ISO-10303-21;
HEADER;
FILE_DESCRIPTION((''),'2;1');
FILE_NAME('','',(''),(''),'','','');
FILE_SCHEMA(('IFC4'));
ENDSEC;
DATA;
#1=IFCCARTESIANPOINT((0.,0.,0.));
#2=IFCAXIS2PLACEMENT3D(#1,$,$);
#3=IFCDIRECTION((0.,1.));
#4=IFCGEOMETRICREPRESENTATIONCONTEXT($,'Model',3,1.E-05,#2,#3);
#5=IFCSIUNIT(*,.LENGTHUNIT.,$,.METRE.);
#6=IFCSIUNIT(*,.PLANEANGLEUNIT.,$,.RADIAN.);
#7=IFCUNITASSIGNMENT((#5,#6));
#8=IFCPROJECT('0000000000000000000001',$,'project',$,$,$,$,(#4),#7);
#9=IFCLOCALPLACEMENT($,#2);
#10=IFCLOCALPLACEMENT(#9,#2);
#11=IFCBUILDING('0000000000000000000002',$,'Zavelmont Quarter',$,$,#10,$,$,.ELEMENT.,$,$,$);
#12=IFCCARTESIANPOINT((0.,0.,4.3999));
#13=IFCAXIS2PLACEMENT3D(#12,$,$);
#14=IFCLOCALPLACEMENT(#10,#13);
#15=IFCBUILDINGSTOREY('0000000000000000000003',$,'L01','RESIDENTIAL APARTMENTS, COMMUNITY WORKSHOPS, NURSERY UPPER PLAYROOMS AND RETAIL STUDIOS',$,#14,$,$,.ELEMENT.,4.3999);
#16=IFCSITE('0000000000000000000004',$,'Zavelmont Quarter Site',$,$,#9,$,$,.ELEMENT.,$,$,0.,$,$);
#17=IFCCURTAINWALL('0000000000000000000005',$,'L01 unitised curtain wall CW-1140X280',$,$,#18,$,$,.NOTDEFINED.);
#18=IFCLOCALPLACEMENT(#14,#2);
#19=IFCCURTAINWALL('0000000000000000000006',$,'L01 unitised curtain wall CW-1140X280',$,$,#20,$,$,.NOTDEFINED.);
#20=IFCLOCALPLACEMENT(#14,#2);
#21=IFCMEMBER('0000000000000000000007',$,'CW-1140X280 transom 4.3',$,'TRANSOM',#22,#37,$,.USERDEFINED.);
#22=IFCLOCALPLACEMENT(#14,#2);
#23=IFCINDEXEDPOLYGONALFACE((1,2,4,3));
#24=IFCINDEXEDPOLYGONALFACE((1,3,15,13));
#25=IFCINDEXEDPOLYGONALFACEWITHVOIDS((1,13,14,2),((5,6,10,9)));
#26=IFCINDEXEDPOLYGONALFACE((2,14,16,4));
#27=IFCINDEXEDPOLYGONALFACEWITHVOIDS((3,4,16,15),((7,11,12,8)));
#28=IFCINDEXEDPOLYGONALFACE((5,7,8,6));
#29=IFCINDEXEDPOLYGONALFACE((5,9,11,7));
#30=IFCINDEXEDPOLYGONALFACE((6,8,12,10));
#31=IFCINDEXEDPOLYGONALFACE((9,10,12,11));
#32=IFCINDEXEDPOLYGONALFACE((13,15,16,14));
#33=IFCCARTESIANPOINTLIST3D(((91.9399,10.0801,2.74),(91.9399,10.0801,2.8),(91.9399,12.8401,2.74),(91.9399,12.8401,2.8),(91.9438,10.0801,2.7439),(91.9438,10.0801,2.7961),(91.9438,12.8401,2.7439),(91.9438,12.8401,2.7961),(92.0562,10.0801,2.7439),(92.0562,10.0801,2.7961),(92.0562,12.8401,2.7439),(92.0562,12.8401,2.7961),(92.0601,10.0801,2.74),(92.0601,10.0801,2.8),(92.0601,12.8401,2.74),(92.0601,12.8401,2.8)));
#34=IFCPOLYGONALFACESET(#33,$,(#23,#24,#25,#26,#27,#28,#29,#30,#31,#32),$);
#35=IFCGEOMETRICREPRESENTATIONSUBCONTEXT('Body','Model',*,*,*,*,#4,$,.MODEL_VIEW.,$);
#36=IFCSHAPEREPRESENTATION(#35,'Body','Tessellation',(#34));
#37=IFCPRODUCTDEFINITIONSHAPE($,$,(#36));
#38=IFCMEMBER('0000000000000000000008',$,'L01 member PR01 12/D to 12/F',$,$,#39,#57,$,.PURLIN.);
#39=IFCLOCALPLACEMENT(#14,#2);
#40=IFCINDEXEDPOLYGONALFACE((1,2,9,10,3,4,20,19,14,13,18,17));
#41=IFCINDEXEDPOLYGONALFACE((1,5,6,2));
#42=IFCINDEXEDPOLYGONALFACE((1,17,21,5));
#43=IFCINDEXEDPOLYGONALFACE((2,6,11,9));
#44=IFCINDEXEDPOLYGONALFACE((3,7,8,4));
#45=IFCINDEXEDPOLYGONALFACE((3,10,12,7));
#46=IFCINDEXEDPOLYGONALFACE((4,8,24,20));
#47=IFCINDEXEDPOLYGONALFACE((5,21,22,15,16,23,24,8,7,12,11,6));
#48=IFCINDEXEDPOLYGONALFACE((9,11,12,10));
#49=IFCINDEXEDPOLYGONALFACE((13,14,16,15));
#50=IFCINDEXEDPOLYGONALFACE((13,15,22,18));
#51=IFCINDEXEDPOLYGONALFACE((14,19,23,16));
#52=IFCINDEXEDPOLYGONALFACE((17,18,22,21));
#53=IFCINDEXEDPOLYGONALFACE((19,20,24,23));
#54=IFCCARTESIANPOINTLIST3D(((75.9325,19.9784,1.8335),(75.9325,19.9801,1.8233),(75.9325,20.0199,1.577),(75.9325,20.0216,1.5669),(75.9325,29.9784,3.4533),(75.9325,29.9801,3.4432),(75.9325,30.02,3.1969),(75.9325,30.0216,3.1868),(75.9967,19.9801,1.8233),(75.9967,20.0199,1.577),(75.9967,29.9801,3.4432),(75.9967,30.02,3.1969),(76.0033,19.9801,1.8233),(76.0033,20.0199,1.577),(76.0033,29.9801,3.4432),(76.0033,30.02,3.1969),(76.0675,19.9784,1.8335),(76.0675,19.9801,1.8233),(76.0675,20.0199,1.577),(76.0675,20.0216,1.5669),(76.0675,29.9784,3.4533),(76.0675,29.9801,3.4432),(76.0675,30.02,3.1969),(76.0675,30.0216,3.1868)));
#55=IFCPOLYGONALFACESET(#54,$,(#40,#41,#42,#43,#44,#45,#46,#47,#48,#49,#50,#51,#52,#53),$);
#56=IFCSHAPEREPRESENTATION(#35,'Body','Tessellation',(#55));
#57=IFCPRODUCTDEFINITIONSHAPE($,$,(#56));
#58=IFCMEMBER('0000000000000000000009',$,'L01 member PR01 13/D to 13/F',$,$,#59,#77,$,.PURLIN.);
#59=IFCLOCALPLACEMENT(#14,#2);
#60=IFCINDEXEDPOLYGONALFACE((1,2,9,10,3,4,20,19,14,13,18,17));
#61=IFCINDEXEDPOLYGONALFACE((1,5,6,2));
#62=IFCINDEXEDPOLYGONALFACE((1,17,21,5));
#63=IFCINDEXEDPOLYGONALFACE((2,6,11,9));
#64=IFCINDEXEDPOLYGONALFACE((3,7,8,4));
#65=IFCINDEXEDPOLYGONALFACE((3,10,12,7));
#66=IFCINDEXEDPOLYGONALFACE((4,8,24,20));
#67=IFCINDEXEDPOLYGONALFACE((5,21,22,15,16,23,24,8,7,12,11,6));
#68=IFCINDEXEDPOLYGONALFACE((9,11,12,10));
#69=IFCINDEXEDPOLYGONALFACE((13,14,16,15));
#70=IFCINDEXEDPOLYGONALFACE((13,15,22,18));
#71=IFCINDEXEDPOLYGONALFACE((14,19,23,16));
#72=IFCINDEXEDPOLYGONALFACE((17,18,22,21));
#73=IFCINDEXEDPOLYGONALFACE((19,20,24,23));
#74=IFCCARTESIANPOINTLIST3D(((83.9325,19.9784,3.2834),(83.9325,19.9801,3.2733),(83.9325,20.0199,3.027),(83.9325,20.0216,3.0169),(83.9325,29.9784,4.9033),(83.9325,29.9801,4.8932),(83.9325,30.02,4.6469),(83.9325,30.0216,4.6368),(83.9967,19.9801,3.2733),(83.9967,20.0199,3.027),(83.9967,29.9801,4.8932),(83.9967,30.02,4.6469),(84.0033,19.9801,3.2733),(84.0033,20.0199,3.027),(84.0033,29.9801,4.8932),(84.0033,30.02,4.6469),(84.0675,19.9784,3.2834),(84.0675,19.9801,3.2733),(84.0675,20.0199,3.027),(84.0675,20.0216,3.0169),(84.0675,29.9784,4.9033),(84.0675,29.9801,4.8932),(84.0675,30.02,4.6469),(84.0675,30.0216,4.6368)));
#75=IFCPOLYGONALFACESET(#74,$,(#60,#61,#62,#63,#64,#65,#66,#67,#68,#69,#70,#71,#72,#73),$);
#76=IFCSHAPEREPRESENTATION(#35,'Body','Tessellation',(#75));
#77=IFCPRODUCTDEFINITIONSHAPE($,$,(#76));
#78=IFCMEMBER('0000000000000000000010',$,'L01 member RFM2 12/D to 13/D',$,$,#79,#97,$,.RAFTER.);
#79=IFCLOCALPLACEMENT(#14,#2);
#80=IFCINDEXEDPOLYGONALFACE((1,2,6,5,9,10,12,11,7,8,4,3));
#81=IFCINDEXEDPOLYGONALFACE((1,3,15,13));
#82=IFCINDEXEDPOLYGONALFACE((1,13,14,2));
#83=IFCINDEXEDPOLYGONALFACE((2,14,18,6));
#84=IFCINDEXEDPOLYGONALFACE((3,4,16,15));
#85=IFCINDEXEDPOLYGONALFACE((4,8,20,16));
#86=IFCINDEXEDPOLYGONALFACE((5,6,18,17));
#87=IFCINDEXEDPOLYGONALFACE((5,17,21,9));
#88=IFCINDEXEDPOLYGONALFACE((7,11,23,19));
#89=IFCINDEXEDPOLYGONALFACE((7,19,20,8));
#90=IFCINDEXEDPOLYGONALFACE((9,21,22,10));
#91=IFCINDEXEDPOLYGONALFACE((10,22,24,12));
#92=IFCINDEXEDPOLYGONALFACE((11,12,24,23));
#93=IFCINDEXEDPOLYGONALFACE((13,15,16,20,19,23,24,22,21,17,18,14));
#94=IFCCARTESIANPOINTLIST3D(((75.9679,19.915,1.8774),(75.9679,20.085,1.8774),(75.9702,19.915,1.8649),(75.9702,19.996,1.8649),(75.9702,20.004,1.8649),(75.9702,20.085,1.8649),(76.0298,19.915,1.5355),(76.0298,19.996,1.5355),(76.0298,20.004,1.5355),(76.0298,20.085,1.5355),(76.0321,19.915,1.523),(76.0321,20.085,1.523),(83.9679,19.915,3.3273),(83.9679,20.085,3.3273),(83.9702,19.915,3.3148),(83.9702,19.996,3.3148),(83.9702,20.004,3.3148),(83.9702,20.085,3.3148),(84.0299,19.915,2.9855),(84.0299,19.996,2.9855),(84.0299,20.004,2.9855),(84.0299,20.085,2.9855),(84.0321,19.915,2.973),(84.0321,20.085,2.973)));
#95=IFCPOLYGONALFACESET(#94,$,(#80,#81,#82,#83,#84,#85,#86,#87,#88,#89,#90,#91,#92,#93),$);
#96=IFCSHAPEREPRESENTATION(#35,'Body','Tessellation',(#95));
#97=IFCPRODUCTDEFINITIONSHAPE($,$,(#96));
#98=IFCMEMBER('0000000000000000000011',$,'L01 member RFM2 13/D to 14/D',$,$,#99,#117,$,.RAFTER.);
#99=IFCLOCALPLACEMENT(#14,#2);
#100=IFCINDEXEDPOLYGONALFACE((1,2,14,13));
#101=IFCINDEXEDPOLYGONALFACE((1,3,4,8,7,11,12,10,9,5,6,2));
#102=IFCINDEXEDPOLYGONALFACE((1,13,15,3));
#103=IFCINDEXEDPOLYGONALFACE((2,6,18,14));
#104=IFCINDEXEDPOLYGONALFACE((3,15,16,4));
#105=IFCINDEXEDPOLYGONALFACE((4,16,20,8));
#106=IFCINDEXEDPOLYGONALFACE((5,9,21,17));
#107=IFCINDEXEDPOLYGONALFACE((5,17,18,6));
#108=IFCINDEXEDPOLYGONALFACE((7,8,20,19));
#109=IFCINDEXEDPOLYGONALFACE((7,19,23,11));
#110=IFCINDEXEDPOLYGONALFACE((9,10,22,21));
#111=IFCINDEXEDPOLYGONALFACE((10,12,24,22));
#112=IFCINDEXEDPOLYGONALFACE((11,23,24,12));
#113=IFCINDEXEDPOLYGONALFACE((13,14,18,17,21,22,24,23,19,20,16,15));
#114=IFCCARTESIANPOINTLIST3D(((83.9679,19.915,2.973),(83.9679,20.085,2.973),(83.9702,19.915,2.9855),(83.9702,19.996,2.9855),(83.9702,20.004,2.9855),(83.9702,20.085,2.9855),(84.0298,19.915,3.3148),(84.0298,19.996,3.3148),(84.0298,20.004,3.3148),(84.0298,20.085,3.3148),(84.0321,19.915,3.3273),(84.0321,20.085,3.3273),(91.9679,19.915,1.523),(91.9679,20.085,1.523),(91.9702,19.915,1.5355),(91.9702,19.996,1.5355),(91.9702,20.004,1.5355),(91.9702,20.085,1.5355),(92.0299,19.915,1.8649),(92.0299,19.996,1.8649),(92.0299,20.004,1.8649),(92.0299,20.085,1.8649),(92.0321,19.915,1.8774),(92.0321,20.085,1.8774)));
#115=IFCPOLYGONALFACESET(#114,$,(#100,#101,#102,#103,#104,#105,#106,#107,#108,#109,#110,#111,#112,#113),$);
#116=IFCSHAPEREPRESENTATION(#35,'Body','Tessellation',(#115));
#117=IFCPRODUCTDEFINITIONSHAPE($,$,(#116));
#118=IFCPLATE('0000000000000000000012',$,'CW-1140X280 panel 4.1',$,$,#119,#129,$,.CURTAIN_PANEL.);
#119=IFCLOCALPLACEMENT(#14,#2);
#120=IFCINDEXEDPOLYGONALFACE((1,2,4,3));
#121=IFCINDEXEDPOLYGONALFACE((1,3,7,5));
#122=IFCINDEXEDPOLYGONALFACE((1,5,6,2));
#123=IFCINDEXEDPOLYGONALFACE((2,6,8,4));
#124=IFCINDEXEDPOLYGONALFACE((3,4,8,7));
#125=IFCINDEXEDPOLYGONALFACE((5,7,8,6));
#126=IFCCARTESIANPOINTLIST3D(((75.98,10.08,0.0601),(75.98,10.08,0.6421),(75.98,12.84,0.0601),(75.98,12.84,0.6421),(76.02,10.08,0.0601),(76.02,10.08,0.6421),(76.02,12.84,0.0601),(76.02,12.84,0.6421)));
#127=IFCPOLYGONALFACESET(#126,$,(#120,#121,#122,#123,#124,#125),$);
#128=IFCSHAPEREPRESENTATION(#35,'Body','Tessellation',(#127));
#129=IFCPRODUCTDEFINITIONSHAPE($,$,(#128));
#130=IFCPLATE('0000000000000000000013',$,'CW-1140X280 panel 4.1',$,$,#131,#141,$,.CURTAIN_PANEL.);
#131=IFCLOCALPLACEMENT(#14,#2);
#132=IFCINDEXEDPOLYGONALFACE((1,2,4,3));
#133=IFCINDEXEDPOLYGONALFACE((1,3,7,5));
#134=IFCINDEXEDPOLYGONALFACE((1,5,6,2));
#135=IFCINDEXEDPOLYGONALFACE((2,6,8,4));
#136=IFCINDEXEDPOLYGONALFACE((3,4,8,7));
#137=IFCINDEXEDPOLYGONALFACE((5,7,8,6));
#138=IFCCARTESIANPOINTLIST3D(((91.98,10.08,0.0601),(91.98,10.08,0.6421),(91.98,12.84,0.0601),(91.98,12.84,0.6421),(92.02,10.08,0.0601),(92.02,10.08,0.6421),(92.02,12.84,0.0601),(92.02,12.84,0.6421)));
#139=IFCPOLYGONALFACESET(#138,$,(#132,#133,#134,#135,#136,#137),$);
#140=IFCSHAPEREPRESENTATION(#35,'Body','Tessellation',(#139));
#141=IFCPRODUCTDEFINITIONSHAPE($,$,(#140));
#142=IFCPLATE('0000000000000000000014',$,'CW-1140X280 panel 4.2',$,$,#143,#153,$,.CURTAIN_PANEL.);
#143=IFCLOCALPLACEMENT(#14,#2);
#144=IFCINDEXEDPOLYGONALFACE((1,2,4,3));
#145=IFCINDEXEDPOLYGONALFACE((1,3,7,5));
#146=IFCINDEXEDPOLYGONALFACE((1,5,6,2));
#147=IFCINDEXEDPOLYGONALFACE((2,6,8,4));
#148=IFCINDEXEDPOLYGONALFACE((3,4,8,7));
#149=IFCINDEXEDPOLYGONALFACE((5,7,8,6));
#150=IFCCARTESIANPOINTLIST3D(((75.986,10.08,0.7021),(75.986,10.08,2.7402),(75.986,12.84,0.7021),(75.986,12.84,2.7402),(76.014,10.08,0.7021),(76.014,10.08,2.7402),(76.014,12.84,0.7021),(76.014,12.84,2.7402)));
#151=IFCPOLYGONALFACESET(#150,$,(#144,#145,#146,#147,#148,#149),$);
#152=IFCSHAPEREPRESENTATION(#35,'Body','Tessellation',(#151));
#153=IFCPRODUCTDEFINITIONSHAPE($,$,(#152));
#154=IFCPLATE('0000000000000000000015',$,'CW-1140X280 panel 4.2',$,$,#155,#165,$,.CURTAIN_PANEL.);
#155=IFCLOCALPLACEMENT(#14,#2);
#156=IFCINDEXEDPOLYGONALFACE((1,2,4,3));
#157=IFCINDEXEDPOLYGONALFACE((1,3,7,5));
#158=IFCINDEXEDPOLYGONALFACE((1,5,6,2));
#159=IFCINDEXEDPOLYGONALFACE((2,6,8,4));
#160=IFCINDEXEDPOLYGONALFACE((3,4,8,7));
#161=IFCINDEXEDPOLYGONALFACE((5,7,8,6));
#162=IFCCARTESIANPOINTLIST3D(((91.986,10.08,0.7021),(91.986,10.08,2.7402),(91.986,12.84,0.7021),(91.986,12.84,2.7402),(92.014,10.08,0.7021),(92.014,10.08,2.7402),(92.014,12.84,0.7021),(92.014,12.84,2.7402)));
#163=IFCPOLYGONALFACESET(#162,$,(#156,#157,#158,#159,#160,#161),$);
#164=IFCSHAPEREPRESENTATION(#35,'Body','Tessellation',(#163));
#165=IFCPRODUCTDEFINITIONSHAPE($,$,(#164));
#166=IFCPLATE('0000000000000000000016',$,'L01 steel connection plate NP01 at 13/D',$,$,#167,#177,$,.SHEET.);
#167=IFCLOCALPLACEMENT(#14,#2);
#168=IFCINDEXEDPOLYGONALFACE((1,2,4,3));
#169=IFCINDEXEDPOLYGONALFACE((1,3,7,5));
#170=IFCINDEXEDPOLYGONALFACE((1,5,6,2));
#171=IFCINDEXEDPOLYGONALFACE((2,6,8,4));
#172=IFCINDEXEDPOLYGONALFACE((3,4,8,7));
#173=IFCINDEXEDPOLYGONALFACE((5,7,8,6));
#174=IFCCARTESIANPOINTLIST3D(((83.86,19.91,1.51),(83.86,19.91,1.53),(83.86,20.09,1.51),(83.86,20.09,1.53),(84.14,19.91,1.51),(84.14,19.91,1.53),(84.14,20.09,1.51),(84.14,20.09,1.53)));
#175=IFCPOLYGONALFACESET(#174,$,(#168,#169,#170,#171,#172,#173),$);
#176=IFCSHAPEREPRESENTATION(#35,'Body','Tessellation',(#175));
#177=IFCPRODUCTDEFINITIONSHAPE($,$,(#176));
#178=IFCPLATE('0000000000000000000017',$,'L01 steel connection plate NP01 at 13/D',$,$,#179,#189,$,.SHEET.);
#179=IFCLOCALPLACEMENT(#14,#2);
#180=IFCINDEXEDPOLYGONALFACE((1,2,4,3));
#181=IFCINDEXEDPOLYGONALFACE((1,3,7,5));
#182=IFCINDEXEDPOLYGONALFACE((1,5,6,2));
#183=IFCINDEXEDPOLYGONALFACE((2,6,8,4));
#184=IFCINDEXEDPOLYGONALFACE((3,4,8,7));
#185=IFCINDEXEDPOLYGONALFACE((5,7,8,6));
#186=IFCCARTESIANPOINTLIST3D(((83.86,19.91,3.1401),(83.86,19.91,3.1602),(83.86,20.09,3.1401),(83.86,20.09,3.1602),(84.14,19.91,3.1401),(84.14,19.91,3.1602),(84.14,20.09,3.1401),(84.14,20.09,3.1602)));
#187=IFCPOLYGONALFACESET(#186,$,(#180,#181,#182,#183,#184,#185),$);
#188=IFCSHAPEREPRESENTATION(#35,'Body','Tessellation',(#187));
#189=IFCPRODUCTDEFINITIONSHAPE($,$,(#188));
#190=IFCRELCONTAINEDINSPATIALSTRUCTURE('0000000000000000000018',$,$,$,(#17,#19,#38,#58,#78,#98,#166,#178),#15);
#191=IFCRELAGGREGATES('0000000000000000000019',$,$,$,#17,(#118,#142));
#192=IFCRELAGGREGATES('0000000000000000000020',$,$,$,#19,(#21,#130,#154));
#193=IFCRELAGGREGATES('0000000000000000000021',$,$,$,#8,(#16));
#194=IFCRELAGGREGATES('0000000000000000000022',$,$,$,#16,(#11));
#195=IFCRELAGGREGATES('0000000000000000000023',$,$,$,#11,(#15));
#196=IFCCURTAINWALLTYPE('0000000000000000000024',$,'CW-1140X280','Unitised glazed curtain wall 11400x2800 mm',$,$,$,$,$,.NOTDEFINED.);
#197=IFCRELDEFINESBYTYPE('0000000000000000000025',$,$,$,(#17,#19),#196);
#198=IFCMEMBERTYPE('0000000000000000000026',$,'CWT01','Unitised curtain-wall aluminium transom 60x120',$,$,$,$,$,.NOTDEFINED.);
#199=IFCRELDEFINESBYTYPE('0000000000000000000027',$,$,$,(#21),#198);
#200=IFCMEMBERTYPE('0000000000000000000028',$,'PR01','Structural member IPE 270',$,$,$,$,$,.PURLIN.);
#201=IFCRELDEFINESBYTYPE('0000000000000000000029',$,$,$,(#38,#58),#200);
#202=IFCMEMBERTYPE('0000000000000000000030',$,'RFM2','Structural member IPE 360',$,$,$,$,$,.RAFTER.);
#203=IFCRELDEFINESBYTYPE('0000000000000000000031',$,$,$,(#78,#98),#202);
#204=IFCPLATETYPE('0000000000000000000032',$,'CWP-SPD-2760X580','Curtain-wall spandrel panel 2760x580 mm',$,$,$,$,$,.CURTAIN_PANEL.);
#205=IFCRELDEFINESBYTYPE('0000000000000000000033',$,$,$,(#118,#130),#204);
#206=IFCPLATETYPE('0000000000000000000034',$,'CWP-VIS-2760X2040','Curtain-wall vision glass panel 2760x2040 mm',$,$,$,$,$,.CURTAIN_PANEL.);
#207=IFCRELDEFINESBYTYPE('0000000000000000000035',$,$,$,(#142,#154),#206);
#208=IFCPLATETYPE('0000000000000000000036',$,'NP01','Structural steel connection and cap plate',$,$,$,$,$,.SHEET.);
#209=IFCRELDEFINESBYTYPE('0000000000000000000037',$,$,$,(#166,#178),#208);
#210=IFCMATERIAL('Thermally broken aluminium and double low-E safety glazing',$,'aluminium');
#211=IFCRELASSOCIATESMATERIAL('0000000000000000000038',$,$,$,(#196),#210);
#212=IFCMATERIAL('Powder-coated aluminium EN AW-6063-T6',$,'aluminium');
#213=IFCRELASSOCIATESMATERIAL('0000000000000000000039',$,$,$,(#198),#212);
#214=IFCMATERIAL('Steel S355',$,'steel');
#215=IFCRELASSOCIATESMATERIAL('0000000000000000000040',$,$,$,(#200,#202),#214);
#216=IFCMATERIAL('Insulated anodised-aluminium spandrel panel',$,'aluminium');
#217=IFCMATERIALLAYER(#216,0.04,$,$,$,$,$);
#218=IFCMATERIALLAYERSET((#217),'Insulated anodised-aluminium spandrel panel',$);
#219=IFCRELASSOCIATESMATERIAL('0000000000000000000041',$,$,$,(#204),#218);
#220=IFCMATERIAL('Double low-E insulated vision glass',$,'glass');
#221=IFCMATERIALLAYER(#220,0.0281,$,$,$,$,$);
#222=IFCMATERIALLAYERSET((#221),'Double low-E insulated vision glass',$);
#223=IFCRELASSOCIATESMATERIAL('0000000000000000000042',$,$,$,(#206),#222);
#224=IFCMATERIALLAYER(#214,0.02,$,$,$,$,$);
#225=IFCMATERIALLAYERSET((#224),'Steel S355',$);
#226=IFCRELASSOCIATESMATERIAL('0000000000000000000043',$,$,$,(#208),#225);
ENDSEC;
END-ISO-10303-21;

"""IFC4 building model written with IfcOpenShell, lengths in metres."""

from ifc_helpers import new_model, si_unit, direction, frame, origin, origin_2d, place, context, subcontext, project, spatial, rectangle, hollow_rectangle, i_section, extrude, material, layer, layer_set, material_profile, profile_set, type_object, element, aggregate, save


model = new_model("IFC4")

# Units and contexts
model_context = context("Model", 3, precision=1e-05, world=origin(), true_north=direction((0.0, 1.0)))
body_context = subcontext(model_context, "Body", "Model", "MODEL_VIEW")
ifc_project = project(units=[si_unit("LENGTHUNIT", "METRE"), si_unit("PLANEANGLEUNIT", "RADIAN")], contexts=[model_context])

# Site, building, storey
site_placement = place(None, origin())
site = spatial("IfcSite", under=ifc_project, at=site_placement, Name="Zavelmont Quarter Site", CompositionType="ELEMENT", RefElevation=0.0)
building_placement = place(site_placement, origin())
building = spatial("IfcBuilding", under=site, at=building_placement, Name="Zavelmont Quarter", CompositionType="ELEMENT")
storey_placement = place(building_placement, frame((0.0, 0.0, 4.3999)))
storey = spatial("IfcBuildingStorey", under=building, at=storey_placement, Name="L01", Description="RESIDENTIAL APARTMENTS, COMMUNITY WORKSHOPS, NURSERY UPPER PLAYROOMS AND RETAIL STUDIOS", CompositionType="ELEMENT", Elevation=4.3999)

# Shared definitions
ifc_material_1 = material(Name="Steel S355", Category="steel")

# Curtain walls
ifc_material_2 = material(Name="Thermally broken aluminium and double low-E safety glazing", Category="aluminium")
curtain_wall_type = type_object("IfcCurtainWallType", Name="CW-1140X280", Description="Unitised glazed curtain wall 11400x2800 mm", PredefinedType="NOTDEFINED", material=ifc_material_2)
curtain_wall_1_placement = place(storey_placement, origin())
curtain_wall_1 = element("IfcCurtainWall", 1, at=curtain_wall_1_placement, inside=storey, type_object=curtain_wall_type, Name="L01 unitised curtain wall CW-1140X280", PredefinedType="NOTDEFINED")
ifc_material_3 = material(Name="Powder-coated aluminium EN AW-6063-T6", Category="aluminium")
curtain_wall_2_placement = place(storey_placement, origin())
curtain_wall_2 = element("IfcCurtainWall", 2, at=curtain_wall_2_placement, inside=storey, type_object=curtain_wall_type, Name="L01 unitised curtain wall CW-1140X280", PredefinedType="NOTDEFINED")

# Member
ifc_material_profile_1 = material_profile(ifc_material_3, hollow_rectangle(XDim=0.1201, YDim=0.0601, WallThickness=0.0039, at=origin_2d()), Name="CWT60X120")
ifc_profile_set_1 = profile_set([ifc_material_profile_1], Name="Powder-coated aluminium EN AW-6063-T6")
member_type_1 = type_object("IfcMemberType", Name="CWT01", Description="Unitised curtain-wall aluminium transom 60x120", PredefinedType="NOTDEFINED", material=ifc_profile_set_1)
member_1_placement = place(storey_placement, frame((92.0, 10.0801, 2.77), z_axis=(0.0, 1.0, 0.0), x_axis=(-1.0, 0.0, 0.0)))
member_1 = element("IfcMember", 3, at=member_1_placement, type_object=member_type_1, Name="CW-1140X280 transom 4.3", ObjectType="TRANSOM", PredefinedType="USERDEFINED", context=body_context, shape_type="SweptSolid", body=[
    extrude(hollow_rectangle(XDim=0.1201, YDim=0.0601, WallThickness=0.0039, at=origin_2d()), origin(), (0.0, 0.0, 1.0), 2.76),
])

# Members
ifc_material_profile_2 = material_profile(ifc_material_1, i_section(OverallWidth=0.135, OverallDepth=0.27, WebThickness=0.0066, FlangeThickness=0.0103, at=origin_2d()), Name="IPE 270")
ifc_profile_set_2 = profile_set([ifc_material_profile_2], Name="Steel S355")
member_type_2 = type_object("IfcMemberType", Name="PR01", Description="Structural member IPE 270", PredefinedType="PURLIN", material=ifc_profile_set_2)
for number, where, z_axis, x_axis, name in (
    (4, (76.0, 20.0, 1.7002), (0.0, 0.987133, 0.159903), (-1.0, 0.0, 0.0), "L01 member PR01 12/D to 12/F"),
    (5, (84.0, 20.0, 3.1501), (0.0, 0.987133, 0.159903), (-1.0, 0.0, 0.0), "L01 member PR01 13/D to 13/F"),
):
    element("IfcMember", number, at=place(storey_placement, frame(where, z_axis=z_axis, x_axis=x_axis)), inside=storey, type_object=member_type_2, Name=name, PredefinedType="PURLIN", context=body_context, shape_type="SweptSolid", body=[
        extrude(i_section(OverallWidth=0.135, OverallDepth=0.27, WebThickness=0.0066, FlangeThickness=0.0103, at=origin_2d()), origin(), (0.0, 0.0, 1.0), 10.1304),
    ])
ifc_material_profile_3 = material_profile(ifc_material_1, i_section(OverallWidth=0.1699, OverallDepth=0.3601, WebThickness=0.0081, FlangeThickness=0.0127, at=origin_2d()), Name="IPE 360")
ifc_profile_set_3 = profile_set([ifc_material_profile_3], Name="Steel S355")
member_type_3 = type_object("IfcMemberType", Name="RFM2", Description="Structural member IPE 360", PredefinedType="RAFTER", material=ifc_profile_set_3)
for number, where, z_axis, x_axis, name in (
    (6, (76.0, 20.0, 1.7002), (0.983969, 0.0, 0.178338), (0.0, 1.0, 0.0), "L01 member RFM2 12/D to 13/D"),
    (7, (84.0, 20.0, 3.1501), (0.983969, 0.0, -0.178338), (0.0, 1.0, 0.0), "L01 member RFM2 13/D to 14/D"),
):
    element("IfcMember", number, at=place(storey_placement, frame(where, z_axis=z_axis, x_axis=x_axis)), inside=storey, type_object=member_type_3, Name=name, PredefinedType="RAFTER", context=body_context, shape_type="SweptSolid", body=[
        extrude(i_section(OverallWidth=0.1699, OverallDepth=0.3601, WebThickness=0.0081, FlangeThickness=0.0127, at=origin_2d()), origin(), (0.0, 0.0, 1.0), 8.1304),
    ])

# Plates
ifc_material_4 = material(Name="Insulated anodised-aluminium spandrel panel", Category="aluminium")
ifc_layer_1 = layer(ifc_material_4, 0.04)
ifc_layer_set_1 = layer_set([ifc_layer_1], Name="Insulated anodised-aluminium spandrel panel")
plate_type_1 = type_object("IfcPlateType", Name="CWP-SPD-2760X580", Description="Curtain-wall spandrel panel 2760x580 mm", PredefinedType="CURTAIN_PANEL", material=ifc_layer_set_1)
plate_1_placement = place(storey_placement, frame((76.0, 11.46, 0.0601), z_axis=(0.0, 0.0, 1.0), x_axis=(0.0, 1.0, 0.0)))
plate_1 = element("IfcPlate", 8, at=plate_1_placement, type_object=plate_type_1, Name="CW-1140X280 panel 4.1", PredefinedType="CURTAIN_PANEL", context=body_context, shape_type="SweptSolid", body=[
    extrude(rectangle(XDim=2.76, YDim=0.04, at=origin_2d()), origin(), (0.0, 0.0, 1.0), 0.582),
])
plate_2_placement = place(storey_placement, frame((92.0, 11.46, 0.0601), z_axis=(0.0, 0.0, 1.0), x_axis=(0.0, 1.0, 0.0)))
plate_2 = element("IfcPlate", 9, at=plate_2_placement, type_object=plate_type_1, Name="CW-1140X280 panel 4.1", PredefinedType="CURTAIN_PANEL", context=body_context, shape_type="SweptSolid", body=[
    extrude(rectangle(XDim=2.76, YDim=0.04, at=origin_2d()), origin(), (0.0, 0.0, 1.0), 0.582),
])
ifc_material_5 = material(Name="Double low-E insulated vision glass", Category="glass")
ifc_layer_2 = layer(ifc_material_5, 0.0281)
ifc_layer_set_2 = layer_set([ifc_layer_2], Name="Double low-E insulated vision glass")
plate_type_2 = type_object("IfcPlateType", Name="CWP-VIS-2760X2040", Description="Curtain-wall vision glass panel 2760x2040 mm", PredefinedType="CURTAIN_PANEL", material=ifc_layer_set_2)
plate_3_placement = place(storey_placement, frame((76.0, 11.46, 0.7021), z_axis=(0.0, 0.0, 1.0), x_axis=(0.0, 1.0, 0.0)))
plate_3 = element("IfcPlate", 10, at=plate_3_placement, type_object=plate_type_2, Name="CW-1140X280 panel 4.2", PredefinedType="CURTAIN_PANEL", context=body_context, shape_type="SweptSolid", body=[
    extrude(rectangle(XDim=2.76, YDim=0.0281, at=origin_2d()), origin(), (0.0, 0.0, 1.0), 2.0381),
])
aggregate(curtain_wall_1, [plate_1, plate_3])
plate_4_placement = place(storey_placement, frame((92.0, 11.46, 0.7021), z_axis=(0.0, 0.0, 1.0), x_axis=(0.0, 1.0, 0.0)))
plate_4 = element("IfcPlate", 11, at=plate_4_placement, type_object=plate_type_2, Name="CW-1140X280 panel 4.2", PredefinedType="CURTAIN_PANEL", context=body_context, shape_type="SweptSolid", body=[
    extrude(rectangle(XDim=2.76, YDim=0.0281, at=origin_2d()), origin(), (0.0, 0.0, 1.0), 2.0381),
])
aggregate(curtain_wall_2, [member_1, plate_2, plate_4])

# Plates
ifc_layer_3 = layer(ifc_material_1, 0.02)
ifc_layer_set_3 = layer_set([ifc_layer_3], Name="Steel S355")
plate_type_3 = type_object("IfcPlateType", Name="NP01", Description="Structural steel connection and cap plate", PredefinedType="SHEET", material=ifc_layer_set_3)
for number, where, z_axis, x_axis, name in (
    (12, (84.0, 20.0, 1.51), (0.0, 0.0, 1.0), (1.0, 0.0, 0.0), "L01 steel connection plate NP01 at 13/D"),
    (13, (84.0, 20.0, 3.1401), (0.0, 0.0, 1.0), (1.0, 0.0, 0.0), "L01 steel connection plate NP01 at 13/D"),
):
    element("IfcPlate", number, at=place(storey_placement, frame(where, z_axis=z_axis, x_axis=x_axis)), inside=storey, type_object=plate_type_3, Name=name, PredefinedType="SHEET", context=body_context, shape_type="SweptSolid", body=[
        extrude(rectangle(XDim=0.28, YDim=0.1799, at=origin_2d()), origin(), (0.0, 0.0, 1.0), 0.02),
    ])

save(model, "model.ifc")
